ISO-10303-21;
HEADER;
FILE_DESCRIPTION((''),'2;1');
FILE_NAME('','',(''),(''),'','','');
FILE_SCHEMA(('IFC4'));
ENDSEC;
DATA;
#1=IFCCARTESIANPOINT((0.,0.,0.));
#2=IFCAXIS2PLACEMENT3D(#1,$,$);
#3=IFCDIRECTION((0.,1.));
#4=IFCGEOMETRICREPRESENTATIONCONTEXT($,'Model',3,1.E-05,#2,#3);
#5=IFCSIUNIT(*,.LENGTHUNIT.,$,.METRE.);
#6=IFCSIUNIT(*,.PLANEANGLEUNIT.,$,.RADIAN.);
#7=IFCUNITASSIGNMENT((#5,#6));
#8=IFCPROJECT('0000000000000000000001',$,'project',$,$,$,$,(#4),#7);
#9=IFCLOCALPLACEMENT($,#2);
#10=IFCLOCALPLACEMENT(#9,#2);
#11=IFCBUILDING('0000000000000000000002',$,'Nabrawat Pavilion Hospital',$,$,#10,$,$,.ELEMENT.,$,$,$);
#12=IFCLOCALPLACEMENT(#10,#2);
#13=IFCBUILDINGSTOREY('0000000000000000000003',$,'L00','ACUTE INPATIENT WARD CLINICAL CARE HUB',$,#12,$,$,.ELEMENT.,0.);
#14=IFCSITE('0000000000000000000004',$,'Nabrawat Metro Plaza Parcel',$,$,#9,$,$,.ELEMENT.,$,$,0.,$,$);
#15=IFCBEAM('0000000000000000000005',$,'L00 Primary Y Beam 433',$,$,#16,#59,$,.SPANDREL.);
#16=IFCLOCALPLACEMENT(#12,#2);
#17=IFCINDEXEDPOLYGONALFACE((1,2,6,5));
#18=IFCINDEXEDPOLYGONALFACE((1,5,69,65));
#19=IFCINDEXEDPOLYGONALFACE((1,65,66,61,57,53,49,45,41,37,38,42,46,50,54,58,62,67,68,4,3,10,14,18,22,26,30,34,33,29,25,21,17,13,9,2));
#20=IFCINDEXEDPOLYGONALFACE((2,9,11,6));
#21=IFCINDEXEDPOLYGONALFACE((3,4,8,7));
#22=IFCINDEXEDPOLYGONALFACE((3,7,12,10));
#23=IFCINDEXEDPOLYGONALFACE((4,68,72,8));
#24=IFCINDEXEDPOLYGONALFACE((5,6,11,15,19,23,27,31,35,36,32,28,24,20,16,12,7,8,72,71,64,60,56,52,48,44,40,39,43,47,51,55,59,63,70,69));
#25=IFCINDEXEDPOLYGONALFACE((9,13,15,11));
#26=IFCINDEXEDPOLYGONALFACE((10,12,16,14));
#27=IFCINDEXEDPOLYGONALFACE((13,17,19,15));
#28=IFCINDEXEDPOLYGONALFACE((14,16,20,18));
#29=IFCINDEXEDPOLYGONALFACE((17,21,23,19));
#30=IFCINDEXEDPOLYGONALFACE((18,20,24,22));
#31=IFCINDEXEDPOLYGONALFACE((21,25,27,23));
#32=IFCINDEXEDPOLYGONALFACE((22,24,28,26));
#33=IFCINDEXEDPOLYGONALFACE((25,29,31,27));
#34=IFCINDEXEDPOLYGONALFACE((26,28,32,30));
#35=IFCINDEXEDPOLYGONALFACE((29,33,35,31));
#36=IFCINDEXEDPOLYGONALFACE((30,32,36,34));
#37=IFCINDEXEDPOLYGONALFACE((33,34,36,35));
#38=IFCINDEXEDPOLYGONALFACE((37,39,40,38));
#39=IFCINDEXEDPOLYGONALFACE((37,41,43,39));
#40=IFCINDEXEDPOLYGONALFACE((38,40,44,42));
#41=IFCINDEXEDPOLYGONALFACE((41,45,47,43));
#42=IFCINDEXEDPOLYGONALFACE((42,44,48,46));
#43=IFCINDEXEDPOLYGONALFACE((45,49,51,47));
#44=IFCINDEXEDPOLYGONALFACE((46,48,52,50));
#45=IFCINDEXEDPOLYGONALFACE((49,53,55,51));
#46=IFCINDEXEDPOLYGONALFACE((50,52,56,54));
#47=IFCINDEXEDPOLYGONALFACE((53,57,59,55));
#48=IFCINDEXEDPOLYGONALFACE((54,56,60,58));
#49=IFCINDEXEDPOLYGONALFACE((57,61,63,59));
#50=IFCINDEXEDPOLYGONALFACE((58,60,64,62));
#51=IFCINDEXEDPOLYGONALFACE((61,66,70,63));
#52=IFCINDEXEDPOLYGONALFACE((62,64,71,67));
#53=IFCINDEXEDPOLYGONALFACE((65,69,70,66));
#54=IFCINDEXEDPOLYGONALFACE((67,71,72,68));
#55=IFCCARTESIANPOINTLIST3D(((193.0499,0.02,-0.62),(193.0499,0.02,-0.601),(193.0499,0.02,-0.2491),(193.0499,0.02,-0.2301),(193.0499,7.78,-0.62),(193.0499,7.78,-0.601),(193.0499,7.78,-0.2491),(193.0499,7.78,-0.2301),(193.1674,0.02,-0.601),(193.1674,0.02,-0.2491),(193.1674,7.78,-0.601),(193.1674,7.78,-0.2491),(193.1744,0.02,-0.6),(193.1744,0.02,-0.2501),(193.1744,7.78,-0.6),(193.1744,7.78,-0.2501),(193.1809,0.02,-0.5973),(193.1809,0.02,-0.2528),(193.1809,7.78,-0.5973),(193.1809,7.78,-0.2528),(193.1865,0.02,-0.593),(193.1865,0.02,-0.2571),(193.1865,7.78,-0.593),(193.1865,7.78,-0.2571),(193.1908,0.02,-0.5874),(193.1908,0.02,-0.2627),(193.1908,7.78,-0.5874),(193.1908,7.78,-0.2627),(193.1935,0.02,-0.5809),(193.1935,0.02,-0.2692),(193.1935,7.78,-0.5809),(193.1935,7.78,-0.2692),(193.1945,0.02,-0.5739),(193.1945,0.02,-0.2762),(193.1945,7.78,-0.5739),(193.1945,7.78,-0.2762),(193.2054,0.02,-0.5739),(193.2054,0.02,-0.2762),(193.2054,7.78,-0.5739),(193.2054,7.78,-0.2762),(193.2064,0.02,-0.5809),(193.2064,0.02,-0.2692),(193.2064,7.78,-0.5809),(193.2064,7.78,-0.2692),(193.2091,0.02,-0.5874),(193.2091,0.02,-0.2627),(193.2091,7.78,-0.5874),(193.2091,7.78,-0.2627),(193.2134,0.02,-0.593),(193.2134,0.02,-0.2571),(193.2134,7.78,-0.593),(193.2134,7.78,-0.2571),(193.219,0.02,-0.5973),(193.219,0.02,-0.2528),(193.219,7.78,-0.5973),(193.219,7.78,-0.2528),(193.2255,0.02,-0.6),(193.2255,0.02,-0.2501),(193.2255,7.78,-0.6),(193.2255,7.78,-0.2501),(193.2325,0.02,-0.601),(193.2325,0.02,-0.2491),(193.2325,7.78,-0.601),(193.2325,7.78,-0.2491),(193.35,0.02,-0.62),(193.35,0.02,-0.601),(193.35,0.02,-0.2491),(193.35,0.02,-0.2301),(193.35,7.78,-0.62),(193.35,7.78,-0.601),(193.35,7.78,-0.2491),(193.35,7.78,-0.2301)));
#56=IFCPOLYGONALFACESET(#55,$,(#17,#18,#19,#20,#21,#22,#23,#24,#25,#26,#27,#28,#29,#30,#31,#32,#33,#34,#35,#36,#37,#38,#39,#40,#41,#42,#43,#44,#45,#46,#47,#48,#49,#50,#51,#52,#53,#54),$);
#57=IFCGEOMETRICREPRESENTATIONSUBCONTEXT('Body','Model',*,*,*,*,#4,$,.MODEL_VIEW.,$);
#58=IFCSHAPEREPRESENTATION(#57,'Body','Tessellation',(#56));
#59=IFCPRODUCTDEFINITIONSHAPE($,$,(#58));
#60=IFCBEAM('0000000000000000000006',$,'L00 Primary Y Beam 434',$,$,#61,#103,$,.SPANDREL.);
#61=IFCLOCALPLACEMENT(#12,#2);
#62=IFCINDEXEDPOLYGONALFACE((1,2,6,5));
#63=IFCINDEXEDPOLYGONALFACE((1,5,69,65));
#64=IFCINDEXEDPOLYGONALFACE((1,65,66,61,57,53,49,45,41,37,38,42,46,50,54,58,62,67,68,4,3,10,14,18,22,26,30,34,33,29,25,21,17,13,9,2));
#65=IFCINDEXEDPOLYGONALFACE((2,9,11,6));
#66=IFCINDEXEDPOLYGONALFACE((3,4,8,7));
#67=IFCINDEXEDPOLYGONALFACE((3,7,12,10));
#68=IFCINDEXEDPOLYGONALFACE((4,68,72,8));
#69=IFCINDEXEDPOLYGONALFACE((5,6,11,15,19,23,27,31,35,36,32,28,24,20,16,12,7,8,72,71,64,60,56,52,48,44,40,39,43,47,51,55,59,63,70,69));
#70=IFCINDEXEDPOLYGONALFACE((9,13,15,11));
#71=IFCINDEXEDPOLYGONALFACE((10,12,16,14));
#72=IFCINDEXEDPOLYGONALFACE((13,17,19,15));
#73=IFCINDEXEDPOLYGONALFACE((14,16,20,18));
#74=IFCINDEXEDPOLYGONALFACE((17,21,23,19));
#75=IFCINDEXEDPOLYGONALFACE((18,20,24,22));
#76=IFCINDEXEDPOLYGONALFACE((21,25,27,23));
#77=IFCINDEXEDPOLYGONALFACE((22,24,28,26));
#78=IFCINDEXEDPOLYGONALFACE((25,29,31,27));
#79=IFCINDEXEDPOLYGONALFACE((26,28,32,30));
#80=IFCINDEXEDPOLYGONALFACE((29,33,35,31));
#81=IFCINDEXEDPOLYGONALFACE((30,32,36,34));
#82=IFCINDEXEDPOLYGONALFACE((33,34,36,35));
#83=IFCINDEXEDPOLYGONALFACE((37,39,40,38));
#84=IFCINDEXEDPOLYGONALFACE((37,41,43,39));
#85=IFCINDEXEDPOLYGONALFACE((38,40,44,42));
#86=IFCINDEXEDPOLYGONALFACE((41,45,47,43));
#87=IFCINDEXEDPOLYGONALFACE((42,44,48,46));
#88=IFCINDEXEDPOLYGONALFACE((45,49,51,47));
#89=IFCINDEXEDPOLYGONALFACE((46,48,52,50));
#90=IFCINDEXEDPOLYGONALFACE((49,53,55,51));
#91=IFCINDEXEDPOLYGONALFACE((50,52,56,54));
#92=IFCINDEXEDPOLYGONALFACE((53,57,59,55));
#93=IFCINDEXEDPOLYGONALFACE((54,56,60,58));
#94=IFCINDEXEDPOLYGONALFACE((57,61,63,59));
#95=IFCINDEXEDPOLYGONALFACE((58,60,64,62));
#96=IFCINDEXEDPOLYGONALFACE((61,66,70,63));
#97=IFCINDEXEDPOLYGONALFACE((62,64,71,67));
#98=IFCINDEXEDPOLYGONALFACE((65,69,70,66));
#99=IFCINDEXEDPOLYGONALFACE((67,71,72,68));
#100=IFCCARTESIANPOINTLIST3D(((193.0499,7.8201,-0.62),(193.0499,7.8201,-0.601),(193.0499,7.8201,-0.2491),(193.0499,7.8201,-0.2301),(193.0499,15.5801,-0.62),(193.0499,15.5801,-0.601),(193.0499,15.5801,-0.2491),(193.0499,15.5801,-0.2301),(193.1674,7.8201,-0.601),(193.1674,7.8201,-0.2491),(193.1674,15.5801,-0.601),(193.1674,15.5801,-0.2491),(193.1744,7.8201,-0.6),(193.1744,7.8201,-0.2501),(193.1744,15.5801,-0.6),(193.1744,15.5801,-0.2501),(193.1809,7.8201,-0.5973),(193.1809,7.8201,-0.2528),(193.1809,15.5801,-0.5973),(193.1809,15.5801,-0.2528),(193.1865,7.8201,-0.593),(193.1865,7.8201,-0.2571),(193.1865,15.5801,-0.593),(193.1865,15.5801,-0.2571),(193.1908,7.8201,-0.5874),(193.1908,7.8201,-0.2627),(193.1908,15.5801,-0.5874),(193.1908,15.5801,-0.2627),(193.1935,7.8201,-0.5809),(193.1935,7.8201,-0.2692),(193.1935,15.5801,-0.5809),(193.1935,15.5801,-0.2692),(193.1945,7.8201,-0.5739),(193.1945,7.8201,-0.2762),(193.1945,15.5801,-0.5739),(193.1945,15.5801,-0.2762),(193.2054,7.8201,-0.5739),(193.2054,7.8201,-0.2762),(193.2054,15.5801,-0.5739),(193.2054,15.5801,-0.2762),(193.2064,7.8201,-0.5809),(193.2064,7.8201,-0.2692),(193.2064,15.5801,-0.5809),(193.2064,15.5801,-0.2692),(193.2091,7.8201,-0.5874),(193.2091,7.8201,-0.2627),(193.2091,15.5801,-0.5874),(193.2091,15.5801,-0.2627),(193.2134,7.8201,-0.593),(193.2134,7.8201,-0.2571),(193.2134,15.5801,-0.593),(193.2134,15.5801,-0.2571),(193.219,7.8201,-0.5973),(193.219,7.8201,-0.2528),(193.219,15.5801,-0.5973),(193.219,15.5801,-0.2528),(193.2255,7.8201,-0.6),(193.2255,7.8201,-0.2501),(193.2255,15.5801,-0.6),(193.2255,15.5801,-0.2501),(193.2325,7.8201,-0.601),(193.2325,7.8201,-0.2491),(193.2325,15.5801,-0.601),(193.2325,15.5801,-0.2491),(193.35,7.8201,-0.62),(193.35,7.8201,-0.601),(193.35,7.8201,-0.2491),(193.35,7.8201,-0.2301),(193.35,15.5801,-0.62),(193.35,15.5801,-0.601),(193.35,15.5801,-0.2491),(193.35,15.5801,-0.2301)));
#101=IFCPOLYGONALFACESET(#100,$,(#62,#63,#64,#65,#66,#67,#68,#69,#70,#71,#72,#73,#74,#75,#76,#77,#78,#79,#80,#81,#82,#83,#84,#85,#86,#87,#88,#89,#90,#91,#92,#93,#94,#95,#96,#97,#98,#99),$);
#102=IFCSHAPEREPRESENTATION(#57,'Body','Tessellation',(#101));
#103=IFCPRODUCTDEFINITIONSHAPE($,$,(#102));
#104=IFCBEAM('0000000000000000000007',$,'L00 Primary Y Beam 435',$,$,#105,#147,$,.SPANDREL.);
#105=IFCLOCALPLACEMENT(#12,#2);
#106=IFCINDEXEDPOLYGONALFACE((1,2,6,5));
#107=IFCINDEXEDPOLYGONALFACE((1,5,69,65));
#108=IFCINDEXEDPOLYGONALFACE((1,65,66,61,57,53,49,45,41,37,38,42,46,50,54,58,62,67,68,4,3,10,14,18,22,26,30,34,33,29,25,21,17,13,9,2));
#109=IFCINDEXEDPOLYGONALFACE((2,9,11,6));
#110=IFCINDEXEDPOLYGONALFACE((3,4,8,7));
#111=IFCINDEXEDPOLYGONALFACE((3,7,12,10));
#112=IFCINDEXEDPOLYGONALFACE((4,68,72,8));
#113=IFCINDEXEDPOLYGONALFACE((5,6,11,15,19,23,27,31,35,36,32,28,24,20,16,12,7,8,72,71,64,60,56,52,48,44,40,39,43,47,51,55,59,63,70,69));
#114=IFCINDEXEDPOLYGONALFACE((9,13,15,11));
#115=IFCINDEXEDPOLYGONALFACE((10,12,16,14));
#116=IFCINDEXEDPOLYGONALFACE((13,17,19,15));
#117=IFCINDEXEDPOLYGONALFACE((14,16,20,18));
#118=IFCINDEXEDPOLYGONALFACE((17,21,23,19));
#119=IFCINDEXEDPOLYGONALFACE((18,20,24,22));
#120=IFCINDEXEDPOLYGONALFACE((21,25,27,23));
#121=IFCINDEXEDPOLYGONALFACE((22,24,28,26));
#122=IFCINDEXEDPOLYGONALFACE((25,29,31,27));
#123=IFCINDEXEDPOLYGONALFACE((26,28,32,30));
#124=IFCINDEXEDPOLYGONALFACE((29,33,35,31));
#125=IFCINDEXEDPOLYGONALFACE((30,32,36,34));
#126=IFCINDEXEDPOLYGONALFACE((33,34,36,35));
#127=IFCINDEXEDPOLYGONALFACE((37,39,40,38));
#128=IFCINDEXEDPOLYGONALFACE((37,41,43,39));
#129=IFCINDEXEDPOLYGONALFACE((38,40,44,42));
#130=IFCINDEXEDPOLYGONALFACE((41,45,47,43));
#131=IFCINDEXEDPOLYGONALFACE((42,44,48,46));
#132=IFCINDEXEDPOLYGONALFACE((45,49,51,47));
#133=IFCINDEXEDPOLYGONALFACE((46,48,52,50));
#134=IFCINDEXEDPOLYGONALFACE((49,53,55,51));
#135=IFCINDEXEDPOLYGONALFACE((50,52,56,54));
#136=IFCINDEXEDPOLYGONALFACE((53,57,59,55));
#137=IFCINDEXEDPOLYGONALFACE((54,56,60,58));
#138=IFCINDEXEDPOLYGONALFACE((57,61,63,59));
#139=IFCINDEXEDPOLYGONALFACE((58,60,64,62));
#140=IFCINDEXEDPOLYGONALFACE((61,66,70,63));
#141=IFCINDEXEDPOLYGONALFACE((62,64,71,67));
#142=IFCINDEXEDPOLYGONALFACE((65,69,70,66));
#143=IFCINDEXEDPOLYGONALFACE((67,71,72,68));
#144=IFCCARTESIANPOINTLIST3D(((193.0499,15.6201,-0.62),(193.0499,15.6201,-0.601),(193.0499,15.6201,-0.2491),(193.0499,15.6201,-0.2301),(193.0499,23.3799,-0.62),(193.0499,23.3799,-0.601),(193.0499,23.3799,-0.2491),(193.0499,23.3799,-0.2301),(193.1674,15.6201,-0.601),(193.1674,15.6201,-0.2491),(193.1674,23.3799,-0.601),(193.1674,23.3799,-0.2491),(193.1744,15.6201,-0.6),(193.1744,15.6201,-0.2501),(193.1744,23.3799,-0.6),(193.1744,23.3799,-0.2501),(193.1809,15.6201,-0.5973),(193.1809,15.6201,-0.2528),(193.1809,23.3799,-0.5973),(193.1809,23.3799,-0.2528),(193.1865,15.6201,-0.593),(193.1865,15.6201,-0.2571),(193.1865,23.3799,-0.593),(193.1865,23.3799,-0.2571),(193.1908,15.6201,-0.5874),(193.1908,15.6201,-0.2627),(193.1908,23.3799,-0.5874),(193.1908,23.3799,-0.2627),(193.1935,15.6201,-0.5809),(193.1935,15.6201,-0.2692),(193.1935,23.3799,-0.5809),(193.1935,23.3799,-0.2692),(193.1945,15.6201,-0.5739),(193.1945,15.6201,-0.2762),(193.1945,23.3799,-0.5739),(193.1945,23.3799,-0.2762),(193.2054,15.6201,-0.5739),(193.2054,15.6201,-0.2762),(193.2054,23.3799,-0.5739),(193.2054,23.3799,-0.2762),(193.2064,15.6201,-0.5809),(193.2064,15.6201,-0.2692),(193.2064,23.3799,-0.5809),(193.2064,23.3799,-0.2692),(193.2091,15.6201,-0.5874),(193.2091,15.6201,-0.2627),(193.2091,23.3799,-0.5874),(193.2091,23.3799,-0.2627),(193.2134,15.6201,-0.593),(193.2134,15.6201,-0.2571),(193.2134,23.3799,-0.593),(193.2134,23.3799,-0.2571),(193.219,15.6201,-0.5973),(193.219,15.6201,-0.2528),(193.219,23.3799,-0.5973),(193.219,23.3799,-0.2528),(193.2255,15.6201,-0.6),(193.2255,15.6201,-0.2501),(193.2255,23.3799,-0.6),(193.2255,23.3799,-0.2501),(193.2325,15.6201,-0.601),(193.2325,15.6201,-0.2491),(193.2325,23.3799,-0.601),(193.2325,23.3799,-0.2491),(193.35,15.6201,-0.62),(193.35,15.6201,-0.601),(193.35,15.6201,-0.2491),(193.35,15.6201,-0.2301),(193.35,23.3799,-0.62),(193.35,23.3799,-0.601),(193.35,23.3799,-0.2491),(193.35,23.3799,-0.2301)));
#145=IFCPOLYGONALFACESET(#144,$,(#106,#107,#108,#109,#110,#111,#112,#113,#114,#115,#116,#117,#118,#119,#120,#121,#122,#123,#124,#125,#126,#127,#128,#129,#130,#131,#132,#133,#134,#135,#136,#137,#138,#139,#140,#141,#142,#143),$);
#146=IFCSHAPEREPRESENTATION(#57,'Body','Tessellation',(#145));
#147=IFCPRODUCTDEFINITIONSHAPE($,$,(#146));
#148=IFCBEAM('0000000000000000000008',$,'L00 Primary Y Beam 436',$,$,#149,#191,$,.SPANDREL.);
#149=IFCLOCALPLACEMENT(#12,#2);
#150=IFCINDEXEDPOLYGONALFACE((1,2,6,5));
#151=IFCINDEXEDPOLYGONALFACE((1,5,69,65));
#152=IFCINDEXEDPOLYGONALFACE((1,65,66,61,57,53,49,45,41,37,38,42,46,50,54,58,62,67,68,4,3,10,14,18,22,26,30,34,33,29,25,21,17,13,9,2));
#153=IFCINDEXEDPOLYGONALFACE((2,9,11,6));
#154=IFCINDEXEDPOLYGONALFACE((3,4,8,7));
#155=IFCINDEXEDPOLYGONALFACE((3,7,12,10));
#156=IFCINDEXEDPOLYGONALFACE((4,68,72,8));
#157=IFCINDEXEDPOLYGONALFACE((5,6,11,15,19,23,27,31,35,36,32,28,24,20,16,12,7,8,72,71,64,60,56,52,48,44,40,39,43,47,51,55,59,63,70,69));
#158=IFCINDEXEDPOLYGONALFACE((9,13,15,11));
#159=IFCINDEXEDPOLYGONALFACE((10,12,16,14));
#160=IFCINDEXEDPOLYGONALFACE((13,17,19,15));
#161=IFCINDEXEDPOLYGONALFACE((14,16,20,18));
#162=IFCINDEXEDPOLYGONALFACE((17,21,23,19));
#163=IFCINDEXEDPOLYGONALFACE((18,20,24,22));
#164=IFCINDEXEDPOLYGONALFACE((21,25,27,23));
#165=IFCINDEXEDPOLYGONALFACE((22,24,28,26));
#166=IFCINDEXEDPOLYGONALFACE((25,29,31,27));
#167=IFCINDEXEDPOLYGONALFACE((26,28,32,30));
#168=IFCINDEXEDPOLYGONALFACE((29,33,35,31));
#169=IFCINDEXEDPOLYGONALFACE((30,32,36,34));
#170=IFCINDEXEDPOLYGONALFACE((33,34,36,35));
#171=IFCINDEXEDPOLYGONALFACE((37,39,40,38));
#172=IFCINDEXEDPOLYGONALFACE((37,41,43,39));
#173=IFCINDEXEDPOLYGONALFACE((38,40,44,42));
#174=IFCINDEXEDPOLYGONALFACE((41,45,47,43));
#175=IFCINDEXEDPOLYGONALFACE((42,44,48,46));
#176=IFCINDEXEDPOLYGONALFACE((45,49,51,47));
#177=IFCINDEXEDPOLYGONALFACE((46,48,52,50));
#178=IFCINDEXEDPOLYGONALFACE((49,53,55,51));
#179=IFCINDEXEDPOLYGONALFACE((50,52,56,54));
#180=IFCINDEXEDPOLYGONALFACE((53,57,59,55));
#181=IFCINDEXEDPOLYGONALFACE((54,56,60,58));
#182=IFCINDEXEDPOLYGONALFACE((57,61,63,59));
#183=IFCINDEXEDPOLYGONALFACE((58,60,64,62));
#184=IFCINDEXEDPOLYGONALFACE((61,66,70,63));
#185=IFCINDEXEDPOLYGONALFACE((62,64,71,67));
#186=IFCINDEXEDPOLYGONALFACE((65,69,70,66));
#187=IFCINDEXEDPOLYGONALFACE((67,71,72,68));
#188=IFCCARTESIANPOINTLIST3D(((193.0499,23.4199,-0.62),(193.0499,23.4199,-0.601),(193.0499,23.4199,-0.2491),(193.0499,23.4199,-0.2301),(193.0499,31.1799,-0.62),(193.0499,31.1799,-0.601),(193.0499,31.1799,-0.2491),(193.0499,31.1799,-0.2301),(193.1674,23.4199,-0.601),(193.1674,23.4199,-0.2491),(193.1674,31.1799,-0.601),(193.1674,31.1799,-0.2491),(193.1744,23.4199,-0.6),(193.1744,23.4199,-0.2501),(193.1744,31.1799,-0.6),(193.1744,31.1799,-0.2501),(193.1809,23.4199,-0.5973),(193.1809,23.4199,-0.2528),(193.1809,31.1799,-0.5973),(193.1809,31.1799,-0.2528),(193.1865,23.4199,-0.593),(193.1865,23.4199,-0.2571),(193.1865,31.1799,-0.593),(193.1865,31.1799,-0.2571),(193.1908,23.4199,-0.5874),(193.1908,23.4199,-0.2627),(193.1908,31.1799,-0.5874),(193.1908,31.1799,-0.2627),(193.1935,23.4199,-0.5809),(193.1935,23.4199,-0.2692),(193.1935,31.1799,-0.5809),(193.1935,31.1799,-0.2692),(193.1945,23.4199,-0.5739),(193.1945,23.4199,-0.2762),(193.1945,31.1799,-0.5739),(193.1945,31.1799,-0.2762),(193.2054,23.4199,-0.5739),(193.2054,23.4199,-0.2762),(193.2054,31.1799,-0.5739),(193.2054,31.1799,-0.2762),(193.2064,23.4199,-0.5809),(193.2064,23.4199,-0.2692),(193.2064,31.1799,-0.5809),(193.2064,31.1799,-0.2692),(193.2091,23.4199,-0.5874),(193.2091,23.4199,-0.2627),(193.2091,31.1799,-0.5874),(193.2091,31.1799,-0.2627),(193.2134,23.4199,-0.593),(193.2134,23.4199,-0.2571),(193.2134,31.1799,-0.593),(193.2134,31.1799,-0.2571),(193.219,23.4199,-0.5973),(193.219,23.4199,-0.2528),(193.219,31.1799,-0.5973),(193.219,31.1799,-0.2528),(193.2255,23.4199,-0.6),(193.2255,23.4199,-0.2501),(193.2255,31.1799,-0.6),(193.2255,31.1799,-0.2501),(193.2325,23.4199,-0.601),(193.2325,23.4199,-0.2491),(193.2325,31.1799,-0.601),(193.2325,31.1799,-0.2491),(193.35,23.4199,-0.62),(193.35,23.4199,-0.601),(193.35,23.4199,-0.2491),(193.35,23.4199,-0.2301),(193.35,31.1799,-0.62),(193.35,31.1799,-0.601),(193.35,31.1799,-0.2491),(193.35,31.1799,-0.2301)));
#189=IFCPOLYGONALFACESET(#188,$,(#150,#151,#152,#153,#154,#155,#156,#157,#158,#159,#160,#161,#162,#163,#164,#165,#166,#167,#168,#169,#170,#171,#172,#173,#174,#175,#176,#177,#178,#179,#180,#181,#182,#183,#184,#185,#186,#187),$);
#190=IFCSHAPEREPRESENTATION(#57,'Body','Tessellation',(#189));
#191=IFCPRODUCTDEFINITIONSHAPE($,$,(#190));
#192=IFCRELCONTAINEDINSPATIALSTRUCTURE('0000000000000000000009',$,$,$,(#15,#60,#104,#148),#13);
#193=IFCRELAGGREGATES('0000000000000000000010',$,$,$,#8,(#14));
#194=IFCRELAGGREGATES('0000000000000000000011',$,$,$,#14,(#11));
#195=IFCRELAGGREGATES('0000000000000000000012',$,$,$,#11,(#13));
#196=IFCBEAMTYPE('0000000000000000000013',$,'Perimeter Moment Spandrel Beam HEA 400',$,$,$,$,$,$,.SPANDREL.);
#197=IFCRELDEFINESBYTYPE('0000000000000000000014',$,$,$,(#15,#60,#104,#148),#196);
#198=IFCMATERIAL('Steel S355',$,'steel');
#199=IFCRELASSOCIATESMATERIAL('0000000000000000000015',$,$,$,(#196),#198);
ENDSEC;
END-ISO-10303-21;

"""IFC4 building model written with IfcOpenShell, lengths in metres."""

from ifc_helpers import new_model, si_unit, direction, frame, origin, origin_2d, place, context, subcontext, project, spatial, i_section, extrude, material, material_profile, profile_set, type_object, element, save


model = new_model("IFC4")

# Units and contexts
model_context = context("Model", 3, precision=1e-05, world=origin(), true_north=direction((0.0, 1.0)))
body_context = subcontext(model_context, "Body", "Model", "MODEL_VIEW")
ifc_project = project(units=[si_unit("LENGTHUNIT", "METRE"), si_unit("PLANEANGLEUNIT", "RADIAN")], contexts=[model_context])

# Site, building, storey
site_placement = place(None, origin())
site = spatial("IfcSite", under=ifc_project, at=site_placement, Name="Nabrawat Metro Plaza Parcel", CompositionType="ELEMENT", RefElevation=0.0)
building_placement = place(site_placement, origin())
building = spatial("IfcBuilding", under=site, at=building_placement, Name="Nabrawat Pavilion Hospital", CompositionType="ELEMENT")
storey_placement = place(building_placement, origin())
storey = spatial("IfcBuildingStorey", under=building, at=storey_placement, Name="L00", Description="ACUTE INPATIENT WARD CLINICAL CARE HUB", CompositionType="ELEMENT", Elevation=0.0)

# Beams
ifc_material_1 = material(Name="Steel S355", Category="steel")
ifc_material_profile_1 = material_profile(ifc_material_1, i_section(OverallWidth=0.3, OverallDepth=0.3899, WebThickness=0.011, FlangeThickness=0.019, FilletRadius=0.0271, at=origin_2d()), Name="HEA 400")
ifc_profile_set_1 = profile_set([ifc_material_profile_1], Name="Steel S355")
beam_type_1 = type_object("IfcBeamType", Name="Perimeter Moment Spandrel Beam HEA 400", PredefinedType="SPANDREL", material=ifc_profile_set_1)
for number, where, z_axis, x_axis, name in (
    (1, (193.2, 0.02, -0.425), (0.0, 1.0, 0.0), (-1.0, 0.0, 0.0), "L00 Primary Y Beam 433"),
    (2, (193.2, 7.8201, -0.425), (0.0, 1.0, 0.0), (-1.0, 0.0, 0.0), "L00 Primary Y Beam 434"),
):
    element("IfcBeam", number, at=place(storey_placement, frame(where, z_axis=z_axis, x_axis=x_axis)), inside=storey, type_object=beam_type_1, Name=name, PredefinedType="SPANDREL", context=body_context, shape_type="SweptSolid", body=[
        extrude(i_section(OverallWidth=0.3, OverallDepth=0.3899, WebThickness=0.011, FlangeThickness=0.019, FilletRadius=0.0271, at=origin_2d()), origin(), (0.0, 0.0, 1.0), 7.76),
    ])
beam_1_placement = place(storey_placement, frame((193.2, 15.6201, -0.425), z_axis=(0.0, 1.0, 0.0), x_axis=(-1.0, 0.0, 0.0)))
element("IfcBeam", 3, at=beam_1_placement, inside=storey, type_object=beam_type_1, Name="L00 Primary Y Beam 435", PredefinedType="SPANDREL", context=body_context, shape_type="SweptSolid", body=[
    extrude(i_section(OverallWidth=0.3, OverallDepth=0.3899, WebThickness=0.011, FlangeThickness=0.019, FilletRadius=0.0271, at=origin_2d()), origin(), (0.0, 0.0, 1.0), 7.7598),
])
beam_2_placement = place(storey_placement, frame((193.2, 23.4199, -0.425), z_axis=(0.0, 1.0, 0.0), x_axis=(-1.0, 0.0, 0.0)))
element("IfcBeam", 4, at=beam_2_placement, inside=storey, type_object=beam_type_1, Name="L00 Primary Y Beam 436", PredefinedType="SPANDREL", context=body_context, shape_type="SweptSolid", body=[
    extrude(i_section(OverallWidth=0.3, OverallDepth=0.3899, WebThickness=0.011, FlangeThickness=0.019, FilletRadius=0.0271, at=origin_2d()), origin(), (0.0, 0.0, 1.0), 7.76),
])

save(model, "model.ifc")
